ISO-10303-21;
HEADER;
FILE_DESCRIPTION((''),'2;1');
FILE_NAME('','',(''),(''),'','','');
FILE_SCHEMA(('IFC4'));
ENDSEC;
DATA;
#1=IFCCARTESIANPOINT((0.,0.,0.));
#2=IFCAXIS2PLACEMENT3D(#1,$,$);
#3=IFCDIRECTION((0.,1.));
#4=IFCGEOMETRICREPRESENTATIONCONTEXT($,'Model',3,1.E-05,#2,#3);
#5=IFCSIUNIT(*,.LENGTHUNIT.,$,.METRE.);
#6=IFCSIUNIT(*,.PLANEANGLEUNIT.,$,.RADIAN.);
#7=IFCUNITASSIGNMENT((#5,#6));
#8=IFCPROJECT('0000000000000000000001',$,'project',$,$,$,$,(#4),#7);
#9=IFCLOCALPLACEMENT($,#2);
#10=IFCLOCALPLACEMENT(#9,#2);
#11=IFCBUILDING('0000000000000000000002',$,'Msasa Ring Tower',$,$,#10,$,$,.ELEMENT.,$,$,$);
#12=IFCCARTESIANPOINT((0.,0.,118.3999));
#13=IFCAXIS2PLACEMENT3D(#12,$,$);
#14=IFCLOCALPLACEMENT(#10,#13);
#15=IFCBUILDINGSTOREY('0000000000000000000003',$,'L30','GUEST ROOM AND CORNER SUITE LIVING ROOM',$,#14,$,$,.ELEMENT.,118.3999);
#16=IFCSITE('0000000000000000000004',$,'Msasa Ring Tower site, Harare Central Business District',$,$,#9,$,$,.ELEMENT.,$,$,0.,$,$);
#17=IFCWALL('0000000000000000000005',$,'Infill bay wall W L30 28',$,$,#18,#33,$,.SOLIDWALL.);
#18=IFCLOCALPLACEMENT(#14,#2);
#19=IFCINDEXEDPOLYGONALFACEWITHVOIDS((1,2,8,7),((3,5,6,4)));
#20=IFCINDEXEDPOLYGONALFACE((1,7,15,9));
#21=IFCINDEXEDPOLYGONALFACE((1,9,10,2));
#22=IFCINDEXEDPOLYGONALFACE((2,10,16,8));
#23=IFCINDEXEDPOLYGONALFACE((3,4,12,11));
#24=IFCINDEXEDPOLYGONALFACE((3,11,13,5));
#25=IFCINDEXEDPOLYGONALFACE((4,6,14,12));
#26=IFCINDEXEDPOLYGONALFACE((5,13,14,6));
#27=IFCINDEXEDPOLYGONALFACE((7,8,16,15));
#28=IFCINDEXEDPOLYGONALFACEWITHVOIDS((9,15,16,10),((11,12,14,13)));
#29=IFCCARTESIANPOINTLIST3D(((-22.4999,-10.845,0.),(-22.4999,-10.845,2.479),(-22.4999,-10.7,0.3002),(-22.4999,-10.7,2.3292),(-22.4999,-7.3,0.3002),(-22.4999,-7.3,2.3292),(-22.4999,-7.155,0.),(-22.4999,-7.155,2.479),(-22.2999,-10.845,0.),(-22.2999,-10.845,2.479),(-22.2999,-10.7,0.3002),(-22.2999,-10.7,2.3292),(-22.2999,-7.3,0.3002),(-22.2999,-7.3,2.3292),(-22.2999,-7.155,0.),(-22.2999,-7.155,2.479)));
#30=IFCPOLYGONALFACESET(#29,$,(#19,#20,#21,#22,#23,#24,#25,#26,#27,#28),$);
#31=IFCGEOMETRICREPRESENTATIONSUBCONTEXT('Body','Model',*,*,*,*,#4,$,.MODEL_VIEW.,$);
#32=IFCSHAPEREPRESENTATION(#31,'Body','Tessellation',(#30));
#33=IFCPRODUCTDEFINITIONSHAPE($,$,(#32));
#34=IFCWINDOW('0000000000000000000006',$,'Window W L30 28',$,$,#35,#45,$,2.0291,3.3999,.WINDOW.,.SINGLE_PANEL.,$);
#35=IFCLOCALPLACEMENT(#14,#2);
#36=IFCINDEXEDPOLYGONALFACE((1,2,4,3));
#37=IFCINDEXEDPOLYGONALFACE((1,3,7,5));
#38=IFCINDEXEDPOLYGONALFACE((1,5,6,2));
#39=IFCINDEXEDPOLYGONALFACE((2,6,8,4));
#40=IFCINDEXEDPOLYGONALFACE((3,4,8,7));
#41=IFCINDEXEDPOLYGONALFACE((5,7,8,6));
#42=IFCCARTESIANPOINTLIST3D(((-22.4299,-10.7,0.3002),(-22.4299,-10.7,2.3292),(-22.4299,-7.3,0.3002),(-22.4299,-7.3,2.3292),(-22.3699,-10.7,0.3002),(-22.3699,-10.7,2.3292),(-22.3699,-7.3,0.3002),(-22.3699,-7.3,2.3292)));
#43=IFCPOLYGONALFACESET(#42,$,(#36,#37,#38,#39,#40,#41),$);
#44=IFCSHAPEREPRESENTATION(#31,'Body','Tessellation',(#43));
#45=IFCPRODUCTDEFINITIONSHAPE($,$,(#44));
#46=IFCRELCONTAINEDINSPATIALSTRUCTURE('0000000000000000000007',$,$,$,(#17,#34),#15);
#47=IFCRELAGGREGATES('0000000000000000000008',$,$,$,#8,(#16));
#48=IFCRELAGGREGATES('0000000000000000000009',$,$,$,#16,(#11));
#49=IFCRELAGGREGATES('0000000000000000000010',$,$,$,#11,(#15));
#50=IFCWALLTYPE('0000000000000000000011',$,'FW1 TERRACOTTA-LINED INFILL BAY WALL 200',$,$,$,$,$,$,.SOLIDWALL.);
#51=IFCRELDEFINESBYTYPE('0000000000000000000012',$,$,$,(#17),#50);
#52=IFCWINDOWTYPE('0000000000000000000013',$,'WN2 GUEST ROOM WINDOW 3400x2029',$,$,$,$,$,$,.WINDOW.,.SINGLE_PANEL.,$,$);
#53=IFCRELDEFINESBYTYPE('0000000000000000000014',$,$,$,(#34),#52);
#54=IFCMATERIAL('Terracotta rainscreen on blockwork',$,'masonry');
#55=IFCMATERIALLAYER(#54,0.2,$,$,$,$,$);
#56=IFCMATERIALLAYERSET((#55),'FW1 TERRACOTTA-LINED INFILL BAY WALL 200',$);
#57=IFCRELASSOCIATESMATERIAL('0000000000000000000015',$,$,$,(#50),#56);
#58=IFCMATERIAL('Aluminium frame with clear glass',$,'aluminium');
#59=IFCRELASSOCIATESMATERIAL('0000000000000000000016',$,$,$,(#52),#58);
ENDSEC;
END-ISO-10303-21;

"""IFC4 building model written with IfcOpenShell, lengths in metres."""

from ifc_helpers import new_model, si_unit, direction, frame, frame_2d, origin, place, context, subcontext, project, spatial, rectangle, extrude, material, layer, layer_set, type_object, element, fill, save


model = new_model("IFC4")

# Units and contexts
model_context = context("Model", 3, precision=1e-05, world=origin(), true_north=direction((0.0, 1.0)))
body_context = subcontext(model_context, "Body", "Model", "MODEL_VIEW")
ifc_project = project(units=[si_unit("LENGTHUNIT", "METRE"), si_unit("PLANEANGLEUNIT", "RADIAN")], contexts=[model_context])

# Site, building, storey
site_placement = place(None, origin())
site = spatial("IfcSite", under=ifc_project, at=site_placement, Name="Msasa Ring Tower site, Harare Central Business District", CompositionType="ELEMENT", RefElevation=0.0)
building_placement = place(site_placement, origin())
building = spatial("IfcBuilding", under=site, at=building_placement, Name="Msasa Ring Tower", CompositionType="ELEMENT")
storey_placement = place(building_placement, frame((0.0, 0.0, 118.3999)))
storey = spatial("IfcBuildingStorey", under=building, at=storey_placement, Name="L30", Description="GUEST ROOM AND CORNER SUITE LIVING ROOM", CompositionType="ELEMENT", Elevation=118.3999)

# Wall, opening, window
ifc_material_1 = material(Name="Terracotta rainscreen on blockwork", Category="masonry")
ifc_layer = layer(ifc_material_1, 0.2)
ifc_layer_set = layer_set([ifc_layer], Name="FW1 TERRACOTTA-LINED INFILL BAY WALL 200")
wall_type = type_object("IfcWallType", Name="FW1 TERRACOTTA-LINED INFILL BAY WALL 200", PredefinedType="SOLIDWALL", material=ifc_layer_set)
ifc_material_2 = material(Name="Aluminium frame with clear glass", Category="aluminium")
window_type = type_object("IfcWindowType", Name="WN2 GUEST ROOM WINDOW 3400x2029", PartitioningType="SINGLE_PANEL", PredefinedType="WINDOW", material=ifc_material_2)
wall_1_placement = place(storey_placement, frame((-22.3999, -10.845, 0.0), z_axis=(0.0, 0.0, 1.0), x_axis=(0.0, 1.0, 0.0)))
wall_1 = element("IfcWall", 1, at=wall_1_placement, inside=storey, type_object=wall_type, Name="Infill bay wall W L30 28", PredefinedType="SOLIDWALL", context=body_context, shape_type="SweptSolid", body=[
    extrude(rectangle(XDim=3.6899, YDim=0.2, at=frame_2d((1.845, 0.0))), origin(), (0.0, 0.0, 1.0), 2.479),
])
opening_1_placement = place(wall_1_placement, frame((0.145, 0.0, 0.3)))
opening_1 = element("IfcOpeningElement", 2, at=opening_1_placement, cuts=wall_1, PredefinedType="OPENING", context=body_context, shape_type="SweptSolid", body=[
    extrude(rectangle(XDim=3.3999, YDim=2.0291, at=frame_2d((1.7, 1.0146))), frame((0.0, 0.1099, 0.0), z_axis=(0.0, -1.0, 0.0), x_axis=(1.0, 0.0, 0.0)), (0.0, 0.0, 1.0), 0.22),
])
window_1_placement = place(opening_1_placement, origin())
window_1 = element("IfcWindow", 3, at=window_1_placement, inside=storey, type_object=window_type, Name="Window W L30 28", OverallHeight=2.0291, OverallWidth=3.3999, PartitioningType="SINGLE_PANEL", PredefinedType="WINDOW", context=body_context, shape_type="SweptSolid", body=[
    extrude(rectangle(XDim=3.3999, YDim=2.0291, at=frame_2d((1.7, 1.0146))), frame((0.0, 0.03, 0.0), z_axis=(0.0, -1.0, 0.0), x_axis=(1.0, 0.0, 0.0)), (0.0, 0.0, 1.0), 0.0601),
])
fill(opening_1, window_1)

save(model, "model.ifc")
